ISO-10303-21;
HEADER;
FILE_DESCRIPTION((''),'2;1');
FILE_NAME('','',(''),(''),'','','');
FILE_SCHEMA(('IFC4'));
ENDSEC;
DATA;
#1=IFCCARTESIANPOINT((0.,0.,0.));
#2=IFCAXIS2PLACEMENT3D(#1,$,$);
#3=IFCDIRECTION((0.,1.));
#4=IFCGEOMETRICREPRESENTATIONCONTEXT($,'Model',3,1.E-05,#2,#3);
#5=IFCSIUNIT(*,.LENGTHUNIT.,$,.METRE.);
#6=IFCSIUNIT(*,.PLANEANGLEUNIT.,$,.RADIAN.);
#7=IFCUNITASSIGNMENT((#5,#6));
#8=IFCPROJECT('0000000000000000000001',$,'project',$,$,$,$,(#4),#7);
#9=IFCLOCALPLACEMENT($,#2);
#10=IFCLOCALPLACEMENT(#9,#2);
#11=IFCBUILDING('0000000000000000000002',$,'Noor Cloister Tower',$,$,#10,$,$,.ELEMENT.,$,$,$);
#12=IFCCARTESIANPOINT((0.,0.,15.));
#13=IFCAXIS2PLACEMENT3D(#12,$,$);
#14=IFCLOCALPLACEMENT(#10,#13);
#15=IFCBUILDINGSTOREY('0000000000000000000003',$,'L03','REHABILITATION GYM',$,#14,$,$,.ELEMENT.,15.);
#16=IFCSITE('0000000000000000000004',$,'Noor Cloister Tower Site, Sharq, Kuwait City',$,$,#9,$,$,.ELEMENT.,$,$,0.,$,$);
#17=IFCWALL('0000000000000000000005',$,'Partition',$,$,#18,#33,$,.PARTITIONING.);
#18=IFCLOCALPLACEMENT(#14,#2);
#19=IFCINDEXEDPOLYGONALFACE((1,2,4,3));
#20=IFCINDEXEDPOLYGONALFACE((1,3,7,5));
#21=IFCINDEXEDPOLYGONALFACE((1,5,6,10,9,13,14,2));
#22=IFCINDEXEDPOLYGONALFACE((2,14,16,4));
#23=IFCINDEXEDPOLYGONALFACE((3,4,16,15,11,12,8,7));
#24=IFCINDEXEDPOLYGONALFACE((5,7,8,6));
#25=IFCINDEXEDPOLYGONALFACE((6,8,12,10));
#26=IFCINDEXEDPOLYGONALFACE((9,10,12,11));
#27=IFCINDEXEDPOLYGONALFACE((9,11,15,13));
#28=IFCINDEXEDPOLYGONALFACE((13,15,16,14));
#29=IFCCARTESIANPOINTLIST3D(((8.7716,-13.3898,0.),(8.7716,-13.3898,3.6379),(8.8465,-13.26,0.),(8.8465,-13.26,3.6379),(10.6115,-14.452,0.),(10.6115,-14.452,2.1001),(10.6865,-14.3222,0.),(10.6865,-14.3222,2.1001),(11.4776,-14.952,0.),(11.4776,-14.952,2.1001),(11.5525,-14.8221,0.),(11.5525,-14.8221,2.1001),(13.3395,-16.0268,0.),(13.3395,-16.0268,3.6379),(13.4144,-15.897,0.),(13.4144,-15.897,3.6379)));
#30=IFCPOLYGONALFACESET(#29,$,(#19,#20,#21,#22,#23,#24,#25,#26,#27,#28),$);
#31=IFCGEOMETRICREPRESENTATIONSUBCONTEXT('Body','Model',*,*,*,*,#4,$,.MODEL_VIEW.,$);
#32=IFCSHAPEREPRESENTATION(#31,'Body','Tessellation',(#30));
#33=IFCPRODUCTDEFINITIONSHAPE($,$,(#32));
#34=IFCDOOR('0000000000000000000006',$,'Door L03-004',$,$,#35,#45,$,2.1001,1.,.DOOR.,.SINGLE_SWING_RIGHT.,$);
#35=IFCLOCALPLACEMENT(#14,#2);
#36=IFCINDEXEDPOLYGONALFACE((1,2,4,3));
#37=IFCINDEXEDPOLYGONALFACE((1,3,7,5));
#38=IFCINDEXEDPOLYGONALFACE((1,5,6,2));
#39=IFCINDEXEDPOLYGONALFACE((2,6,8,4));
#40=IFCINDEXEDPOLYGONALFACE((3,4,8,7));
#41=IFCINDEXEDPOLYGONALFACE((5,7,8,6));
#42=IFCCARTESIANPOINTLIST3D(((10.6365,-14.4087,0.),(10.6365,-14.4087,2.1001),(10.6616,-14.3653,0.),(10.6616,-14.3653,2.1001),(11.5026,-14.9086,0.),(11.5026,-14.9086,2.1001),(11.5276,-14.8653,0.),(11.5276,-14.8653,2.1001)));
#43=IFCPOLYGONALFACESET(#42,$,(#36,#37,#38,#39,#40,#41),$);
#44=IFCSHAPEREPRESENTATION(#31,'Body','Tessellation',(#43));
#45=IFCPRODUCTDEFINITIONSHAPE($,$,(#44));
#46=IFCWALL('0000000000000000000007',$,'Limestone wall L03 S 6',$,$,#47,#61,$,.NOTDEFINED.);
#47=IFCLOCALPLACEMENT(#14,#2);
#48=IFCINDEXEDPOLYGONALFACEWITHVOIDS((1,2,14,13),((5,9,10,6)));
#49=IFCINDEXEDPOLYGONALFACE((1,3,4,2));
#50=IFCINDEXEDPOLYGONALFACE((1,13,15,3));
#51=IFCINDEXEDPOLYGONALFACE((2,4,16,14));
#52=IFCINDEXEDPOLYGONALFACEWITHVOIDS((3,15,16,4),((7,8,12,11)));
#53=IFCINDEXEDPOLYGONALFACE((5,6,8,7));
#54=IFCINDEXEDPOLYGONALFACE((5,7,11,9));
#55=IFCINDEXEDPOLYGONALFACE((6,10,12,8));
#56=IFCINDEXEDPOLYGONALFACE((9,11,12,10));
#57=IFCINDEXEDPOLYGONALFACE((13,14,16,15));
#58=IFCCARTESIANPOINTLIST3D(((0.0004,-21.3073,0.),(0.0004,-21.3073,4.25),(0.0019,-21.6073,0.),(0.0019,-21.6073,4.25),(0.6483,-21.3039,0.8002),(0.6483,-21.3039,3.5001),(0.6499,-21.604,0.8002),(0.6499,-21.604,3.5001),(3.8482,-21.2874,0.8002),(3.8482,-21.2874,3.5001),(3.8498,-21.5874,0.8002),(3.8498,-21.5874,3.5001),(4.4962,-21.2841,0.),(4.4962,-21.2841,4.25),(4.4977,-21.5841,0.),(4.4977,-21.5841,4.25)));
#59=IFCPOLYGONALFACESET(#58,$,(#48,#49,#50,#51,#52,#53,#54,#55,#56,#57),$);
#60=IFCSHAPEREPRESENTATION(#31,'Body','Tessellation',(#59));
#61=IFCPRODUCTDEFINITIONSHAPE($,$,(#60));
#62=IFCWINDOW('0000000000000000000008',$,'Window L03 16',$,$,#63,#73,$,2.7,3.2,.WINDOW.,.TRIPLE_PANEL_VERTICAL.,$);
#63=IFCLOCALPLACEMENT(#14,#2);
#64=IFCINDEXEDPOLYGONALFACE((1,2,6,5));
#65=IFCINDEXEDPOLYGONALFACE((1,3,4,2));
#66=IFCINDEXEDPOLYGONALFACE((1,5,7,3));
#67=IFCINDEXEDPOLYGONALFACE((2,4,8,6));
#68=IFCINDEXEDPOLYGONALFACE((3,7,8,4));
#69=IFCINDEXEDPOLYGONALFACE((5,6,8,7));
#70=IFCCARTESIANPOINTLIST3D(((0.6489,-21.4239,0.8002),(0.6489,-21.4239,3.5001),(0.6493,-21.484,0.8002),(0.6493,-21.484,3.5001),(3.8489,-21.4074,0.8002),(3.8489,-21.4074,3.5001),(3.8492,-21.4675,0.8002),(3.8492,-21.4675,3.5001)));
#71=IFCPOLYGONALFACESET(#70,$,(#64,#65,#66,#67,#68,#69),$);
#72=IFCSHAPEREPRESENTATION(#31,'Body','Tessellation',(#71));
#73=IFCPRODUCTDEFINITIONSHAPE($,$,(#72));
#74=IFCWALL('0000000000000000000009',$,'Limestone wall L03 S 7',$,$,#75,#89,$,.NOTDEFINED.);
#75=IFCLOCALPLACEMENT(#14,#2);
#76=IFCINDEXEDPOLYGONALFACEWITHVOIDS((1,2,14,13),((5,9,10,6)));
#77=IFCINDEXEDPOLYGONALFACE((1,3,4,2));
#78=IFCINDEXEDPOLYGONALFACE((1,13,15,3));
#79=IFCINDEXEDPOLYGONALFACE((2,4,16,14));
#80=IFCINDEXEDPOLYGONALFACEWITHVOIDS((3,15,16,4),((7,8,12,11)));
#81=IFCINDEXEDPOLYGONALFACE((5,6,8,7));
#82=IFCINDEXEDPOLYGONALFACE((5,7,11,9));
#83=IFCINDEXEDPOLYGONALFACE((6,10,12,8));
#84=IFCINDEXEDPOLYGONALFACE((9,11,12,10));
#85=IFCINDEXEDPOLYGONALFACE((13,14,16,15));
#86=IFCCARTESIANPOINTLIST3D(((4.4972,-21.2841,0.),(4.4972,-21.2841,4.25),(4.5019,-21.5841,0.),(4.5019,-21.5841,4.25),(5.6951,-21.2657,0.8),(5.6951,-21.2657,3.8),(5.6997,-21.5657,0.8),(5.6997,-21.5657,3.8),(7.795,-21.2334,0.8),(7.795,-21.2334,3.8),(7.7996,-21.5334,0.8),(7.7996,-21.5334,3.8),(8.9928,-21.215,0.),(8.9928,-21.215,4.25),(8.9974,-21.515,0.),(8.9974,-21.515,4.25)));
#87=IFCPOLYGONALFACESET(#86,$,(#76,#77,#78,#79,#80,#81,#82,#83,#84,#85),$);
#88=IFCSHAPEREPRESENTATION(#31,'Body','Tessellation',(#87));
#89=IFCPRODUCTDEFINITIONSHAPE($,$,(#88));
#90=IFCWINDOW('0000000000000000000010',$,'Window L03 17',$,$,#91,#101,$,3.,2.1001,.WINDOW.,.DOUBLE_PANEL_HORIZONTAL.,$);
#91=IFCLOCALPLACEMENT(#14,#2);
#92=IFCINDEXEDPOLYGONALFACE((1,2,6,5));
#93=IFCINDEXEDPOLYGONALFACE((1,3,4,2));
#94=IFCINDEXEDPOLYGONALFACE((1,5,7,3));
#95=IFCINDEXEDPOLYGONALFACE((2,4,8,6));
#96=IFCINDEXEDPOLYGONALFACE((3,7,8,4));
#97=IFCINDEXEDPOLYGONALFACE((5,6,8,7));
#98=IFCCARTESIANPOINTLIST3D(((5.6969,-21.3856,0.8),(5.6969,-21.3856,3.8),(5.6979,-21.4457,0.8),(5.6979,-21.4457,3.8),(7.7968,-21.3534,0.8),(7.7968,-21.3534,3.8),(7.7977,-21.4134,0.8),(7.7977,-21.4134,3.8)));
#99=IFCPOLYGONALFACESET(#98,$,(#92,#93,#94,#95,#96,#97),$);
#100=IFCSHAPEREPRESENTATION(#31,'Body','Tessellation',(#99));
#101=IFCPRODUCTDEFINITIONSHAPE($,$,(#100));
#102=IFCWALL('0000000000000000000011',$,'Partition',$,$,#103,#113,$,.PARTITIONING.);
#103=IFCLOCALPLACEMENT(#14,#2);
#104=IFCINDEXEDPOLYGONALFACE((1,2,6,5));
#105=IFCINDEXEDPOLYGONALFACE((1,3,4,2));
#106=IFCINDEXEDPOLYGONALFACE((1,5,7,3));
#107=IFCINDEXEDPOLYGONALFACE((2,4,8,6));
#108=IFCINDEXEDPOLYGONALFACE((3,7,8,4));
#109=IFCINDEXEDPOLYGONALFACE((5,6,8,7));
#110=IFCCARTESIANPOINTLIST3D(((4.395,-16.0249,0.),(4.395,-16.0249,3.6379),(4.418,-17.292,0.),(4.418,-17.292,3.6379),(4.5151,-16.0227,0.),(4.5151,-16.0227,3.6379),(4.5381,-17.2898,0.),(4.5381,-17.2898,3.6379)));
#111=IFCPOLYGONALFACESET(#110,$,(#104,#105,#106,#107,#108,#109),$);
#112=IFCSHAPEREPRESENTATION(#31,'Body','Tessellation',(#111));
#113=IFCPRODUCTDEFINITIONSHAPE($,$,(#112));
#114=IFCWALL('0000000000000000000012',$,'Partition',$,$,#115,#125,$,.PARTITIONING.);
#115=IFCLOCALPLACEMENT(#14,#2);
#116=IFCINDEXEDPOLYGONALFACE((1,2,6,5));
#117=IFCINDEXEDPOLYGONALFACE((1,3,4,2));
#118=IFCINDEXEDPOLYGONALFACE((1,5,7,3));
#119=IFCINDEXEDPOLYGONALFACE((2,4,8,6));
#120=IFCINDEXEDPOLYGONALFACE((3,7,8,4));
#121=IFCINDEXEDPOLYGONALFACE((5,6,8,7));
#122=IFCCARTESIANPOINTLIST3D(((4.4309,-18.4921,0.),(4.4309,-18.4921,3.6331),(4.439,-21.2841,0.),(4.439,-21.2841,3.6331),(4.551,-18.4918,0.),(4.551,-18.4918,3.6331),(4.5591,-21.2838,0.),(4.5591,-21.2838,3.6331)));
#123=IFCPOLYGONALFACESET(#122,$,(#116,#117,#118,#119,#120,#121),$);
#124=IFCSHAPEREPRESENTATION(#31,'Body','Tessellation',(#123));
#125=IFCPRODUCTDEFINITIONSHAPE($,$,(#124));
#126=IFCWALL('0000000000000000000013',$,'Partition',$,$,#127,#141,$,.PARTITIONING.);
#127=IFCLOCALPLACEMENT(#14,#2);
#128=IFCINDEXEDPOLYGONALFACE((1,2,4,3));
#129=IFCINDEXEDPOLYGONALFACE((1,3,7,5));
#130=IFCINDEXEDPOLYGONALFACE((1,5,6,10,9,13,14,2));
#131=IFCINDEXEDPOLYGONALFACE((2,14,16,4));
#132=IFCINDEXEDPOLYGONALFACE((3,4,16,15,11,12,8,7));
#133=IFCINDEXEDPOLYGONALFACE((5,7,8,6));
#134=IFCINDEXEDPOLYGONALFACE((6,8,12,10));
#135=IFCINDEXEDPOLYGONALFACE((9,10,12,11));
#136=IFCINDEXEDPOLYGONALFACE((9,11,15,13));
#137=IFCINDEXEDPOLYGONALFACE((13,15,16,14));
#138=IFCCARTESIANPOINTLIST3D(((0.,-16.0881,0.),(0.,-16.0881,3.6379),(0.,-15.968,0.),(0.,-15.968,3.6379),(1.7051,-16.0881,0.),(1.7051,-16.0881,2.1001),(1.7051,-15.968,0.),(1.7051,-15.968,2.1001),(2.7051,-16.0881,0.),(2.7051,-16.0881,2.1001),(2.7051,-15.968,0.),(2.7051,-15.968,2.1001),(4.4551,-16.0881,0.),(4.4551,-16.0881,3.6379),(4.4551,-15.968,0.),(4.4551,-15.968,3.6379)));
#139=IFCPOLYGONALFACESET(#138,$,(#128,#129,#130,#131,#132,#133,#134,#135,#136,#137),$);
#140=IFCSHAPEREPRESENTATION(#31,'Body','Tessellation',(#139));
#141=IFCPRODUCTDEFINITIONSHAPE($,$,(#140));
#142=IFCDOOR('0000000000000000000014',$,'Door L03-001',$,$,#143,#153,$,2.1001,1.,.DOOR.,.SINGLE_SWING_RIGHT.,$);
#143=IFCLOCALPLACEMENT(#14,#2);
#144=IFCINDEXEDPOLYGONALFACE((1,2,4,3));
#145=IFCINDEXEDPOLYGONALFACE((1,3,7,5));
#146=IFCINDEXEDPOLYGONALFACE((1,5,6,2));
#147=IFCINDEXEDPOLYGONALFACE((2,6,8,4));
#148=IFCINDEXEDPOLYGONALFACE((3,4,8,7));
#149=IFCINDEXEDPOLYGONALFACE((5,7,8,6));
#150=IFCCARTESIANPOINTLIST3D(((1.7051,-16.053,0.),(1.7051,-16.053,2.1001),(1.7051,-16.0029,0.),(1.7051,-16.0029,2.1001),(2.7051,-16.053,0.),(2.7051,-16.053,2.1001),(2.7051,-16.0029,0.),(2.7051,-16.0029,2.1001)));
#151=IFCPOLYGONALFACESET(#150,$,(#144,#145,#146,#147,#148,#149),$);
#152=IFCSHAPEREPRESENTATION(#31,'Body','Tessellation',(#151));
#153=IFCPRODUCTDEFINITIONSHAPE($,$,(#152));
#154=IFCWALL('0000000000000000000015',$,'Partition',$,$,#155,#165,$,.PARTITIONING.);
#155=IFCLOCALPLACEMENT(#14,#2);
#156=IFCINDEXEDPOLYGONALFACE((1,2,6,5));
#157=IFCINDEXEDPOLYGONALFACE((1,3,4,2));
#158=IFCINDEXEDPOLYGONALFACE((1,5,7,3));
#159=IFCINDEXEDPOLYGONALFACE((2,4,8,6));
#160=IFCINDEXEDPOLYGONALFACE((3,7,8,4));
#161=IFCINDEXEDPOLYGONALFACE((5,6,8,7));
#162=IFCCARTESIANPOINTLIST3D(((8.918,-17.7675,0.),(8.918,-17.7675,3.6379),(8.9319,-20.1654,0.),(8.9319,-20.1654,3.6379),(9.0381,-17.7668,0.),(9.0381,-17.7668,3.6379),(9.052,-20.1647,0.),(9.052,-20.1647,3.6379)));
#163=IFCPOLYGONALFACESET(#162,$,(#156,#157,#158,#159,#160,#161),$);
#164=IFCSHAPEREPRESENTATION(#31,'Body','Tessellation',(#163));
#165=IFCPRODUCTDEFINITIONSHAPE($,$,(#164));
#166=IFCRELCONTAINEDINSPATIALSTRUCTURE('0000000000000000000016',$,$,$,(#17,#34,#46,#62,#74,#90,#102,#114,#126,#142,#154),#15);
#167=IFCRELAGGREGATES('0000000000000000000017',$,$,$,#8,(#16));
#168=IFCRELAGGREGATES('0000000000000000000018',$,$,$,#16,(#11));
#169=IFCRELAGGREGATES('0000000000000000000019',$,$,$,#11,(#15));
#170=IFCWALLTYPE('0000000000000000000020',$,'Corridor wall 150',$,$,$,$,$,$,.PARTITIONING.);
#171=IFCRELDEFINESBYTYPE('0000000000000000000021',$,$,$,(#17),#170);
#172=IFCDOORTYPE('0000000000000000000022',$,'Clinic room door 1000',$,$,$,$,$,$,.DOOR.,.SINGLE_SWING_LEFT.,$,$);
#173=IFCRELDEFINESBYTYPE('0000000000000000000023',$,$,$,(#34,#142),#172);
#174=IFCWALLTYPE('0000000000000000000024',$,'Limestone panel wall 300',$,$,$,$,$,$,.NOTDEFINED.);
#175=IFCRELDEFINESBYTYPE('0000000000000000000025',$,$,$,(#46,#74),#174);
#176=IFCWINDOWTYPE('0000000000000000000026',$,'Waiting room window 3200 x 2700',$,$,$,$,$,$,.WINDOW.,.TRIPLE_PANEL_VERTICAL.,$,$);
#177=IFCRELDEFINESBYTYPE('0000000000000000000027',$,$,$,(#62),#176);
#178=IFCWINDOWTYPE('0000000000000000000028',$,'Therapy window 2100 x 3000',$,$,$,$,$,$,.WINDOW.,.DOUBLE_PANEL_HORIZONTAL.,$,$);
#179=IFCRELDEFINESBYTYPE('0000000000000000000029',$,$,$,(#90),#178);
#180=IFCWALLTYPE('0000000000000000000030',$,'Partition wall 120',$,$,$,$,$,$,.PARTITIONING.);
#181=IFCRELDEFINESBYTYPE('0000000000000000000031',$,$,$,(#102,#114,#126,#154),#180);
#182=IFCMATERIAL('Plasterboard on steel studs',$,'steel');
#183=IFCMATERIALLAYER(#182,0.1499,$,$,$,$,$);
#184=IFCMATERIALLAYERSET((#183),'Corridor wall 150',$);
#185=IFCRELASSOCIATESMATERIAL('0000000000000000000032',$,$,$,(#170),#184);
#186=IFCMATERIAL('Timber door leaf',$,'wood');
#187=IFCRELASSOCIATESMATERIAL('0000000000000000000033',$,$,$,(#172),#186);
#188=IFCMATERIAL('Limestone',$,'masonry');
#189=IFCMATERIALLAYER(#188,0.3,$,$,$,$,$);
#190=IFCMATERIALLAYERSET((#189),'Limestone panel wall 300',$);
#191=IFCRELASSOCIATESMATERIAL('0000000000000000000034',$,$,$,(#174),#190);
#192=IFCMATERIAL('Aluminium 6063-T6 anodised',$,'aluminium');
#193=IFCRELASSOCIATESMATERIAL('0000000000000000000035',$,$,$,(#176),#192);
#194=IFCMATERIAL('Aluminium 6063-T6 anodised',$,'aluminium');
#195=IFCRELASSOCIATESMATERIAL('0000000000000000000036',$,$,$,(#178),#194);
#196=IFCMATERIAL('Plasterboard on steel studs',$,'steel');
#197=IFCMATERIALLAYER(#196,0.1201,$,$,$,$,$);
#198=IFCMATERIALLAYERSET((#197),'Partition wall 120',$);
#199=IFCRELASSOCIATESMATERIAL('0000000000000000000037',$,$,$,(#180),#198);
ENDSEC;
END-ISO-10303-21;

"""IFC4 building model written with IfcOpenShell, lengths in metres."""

from ifc_helpers import new_model, si_unit, direction, frame, frame_2d, origin, place, context, subcontext, project, spatial, rectangle, extrude, material, layer, layer_set, type_object, element, fill, save


model = new_model("IFC4")

# Units and contexts
model_context = context("Model", 3, precision=1e-05, world=origin(), true_north=direction((0.0, 1.0)))
body_context = subcontext(model_context, "Body", "Model", "MODEL_VIEW")
ifc_project = project(units=[si_unit("LENGTHUNIT", "METRE"), si_unit("PLANEANGLEUNIT", "RADIAN")], contexts=[model_context])

# Site, building, storey
site_placement = place(None, origin())
site = spatial("IfcSite", under=ifc_project, at=site_placement, Name="Noor Cloister Tower Site, Sharq, Kuwait City", CompositionType="ELEMENT", RefElevation=0.0)
building_placement = place(site_placement, origin())
building = spatial("IfcBuilding", under=site, at=building_placement, Name="Noor Cloister Tower", CompositionType="ELEMENT")
storey_placement = place(building_placement, frame((0.0, 0.0, 15.0)))
storey = spatial("IfcBuildingStorey", under=building, at=storey_placement, Name="L03", Description="REHABILITATION GYM", CompositionType="ELEMENT", Elevation=15.0)

# Wall, opening, door
ifc_material_1 = material(Name="Plasterboard on steel studs", Category="steel")
ifc_layer_1 = layer(ifc_material_1, 0.1499)
ifc_layer_set_1 = layer_set([ifc_layer_1], Name="Corridor wall 150")
wall_type_1 = type_object("IfcWallType", Name="Corridor wall 150", PredefinedType="PARTITIONING", material=ifc_layer_set_1)
wall_1_placement = place(storey_placement, frame((13.377, -15.9619, 0.0), z_axis=(0.0, 0.0, 1.0), x_axis=(-0.86605, 0.499958, 0.0)))
wall_1 = element("IfcWall", 1, at=wall_1_placement, inside=storey, type_object=wall_type_1, Name="Partition", PredefinedType="PARTITIONING", context=body_context, shape_type="SweptSolid", body=[
    extrude(rectangle(XDim=5.2744, YDim=0.1499, at=frame_2d((2.6372, 0.0))), origin(), (0.0, 0.0, 1.0), 3.6379),
])
opening_1_placement = place(wall_1_placement, frame((2.1499, 0.0, 0.0)))
opening_1 = element("IfcOpeningElement", 2, at=opening_1_placement, cuts=wall_1, PredefinedType="OPENING", context=body_context, shape_type="SweptSolid", body=[
    extrude(rectangle(XDim=1.0, YDim=2.1001, at=frame_2d((0.5, 1.05))), frame((0.0, 0.085, 0.0), z_axis=(0.0, -1.0, 0.0), x_axis=(1.0, 0.0, 0.0)), (0.0, 0.0, 1.0), 0.1699),
])
ifc_material_2 = material(Name="Timber door leaf", Category="wood")
door_type = type_object("IfcDoorType", Name="Clinic room door 1000", OperationType="SINGLE_SWING_LEFT", PredefinedType="DOOR", material=ifc_material_2)
door_1_placement = place(opening_1_placement, origin())
door_1 = element("IfcDoor", 3, at=door_1_placement, inside=storey, type_object=door_type, Name="Door L03-004", OperationType="SINGLE_SWING_RIGHT", OverallHeight=2.1001, OverallWidth=1.0, PredefinedType="DOOR", context=body_context, shape_type="SweptSolid", body=[
    extrude(rectangle(XDim=1.0, YDim=2.1001, at=frame_2d((0.5, 1.05))), frame((0.0, 0.0249, 0.0), z_axis=(0.0, -1.0, 0.0), x_axis=(1.0, 0.0, 0.0)), (0.0, 0.0, 1.0), 0.05),
])
fill(opening_1, door_1)

# Walls, openings, windows
ifc_material_3 = material(Name="Limestone", Category="masonry")
ifc_layer_2 = layer(ifc_material_3, 0.3)
ifc_layer_set_2 = layer_set([ifc_layer_2], Name="Limestone panel wall 300")
wall_type_2 = type_object("IfcWallType", Name="Limestone panel wall 300", PredefinedType="NOTDEFINED", material=ifc_layer_set_2)
wall_2_placement = place(storey_placement, frame((4.4971, -21.4341, 0.0), z_axis=(0.0, 0.0, 1.0), x_axis=(-0.999987, -0.005159, 0.0)))
wall_2 = element("IfcWall", 4, at=wall_2_placement, inside=storey, type_object=wall_type_2, Name="Limestone wall L03 S 6", PredefinedType="NOTDEFINED", context=body_context, shape_type="SweptSolid", body=[
    extrude(rectangle(XDim=4.4958, YDim=0.3, at=frame_2d((2.248, 0.0))), origin(), (0.0, 0.0, 1.0), 4.25),
])
opening_2_placement = place(wall_2_placement, frame((0.6479, 0.0, 0.8)))
opening_2 = element("IfcOpeningElement", 5, at=opening_2_placement, cuts=wall_2, PredefinedType="OPENING", context=body_context, shape_type="SweptSolid", body=[
    extrude(rectangle(XDim=3.2, YDim=2.7, at=frame_2d((1.6001, 1.3501))), frame((0.0, 0.1602, 0.0), z_axis=(0.0, -1.0, 0.0), x_axis=(1.0, 0.0, 0.0)), (0.0, 0.0, 1.0), 0.3201),
])
ifc_material_4 = material(Name="Aluminium 6063-T6 anodised", Category="aluminium")
window_type_1 = type_object("IfcWindowType", Name="Waiting room window 3200 x 2700", PartitioningType="TRIPLE_PANEL_VERTICAL", PredefinedType="WINDOW", material=ifc_material_4)
window_1_placement = place(opening_2_placement, origin())
window_1 = element("IfcWindow", 6, at=window_1_placement, inside=storey, type_object=window_type_1, Name="Window L03 16", OverallHeight=2.7, OverallWidth=3.2, PartitioningType="TRIPLE_PANEL_VERTICAL", PredefinedType="WINDOW", context=body_context, shape_type="SweptSolid", body=[
    extrude(rectangle(XDim=3.2, YDim=2.7, at=frame_2d((1.6001, 1.3501))), frame((0.0, 0.03, 0.0), z_axis=(0.0, -1.0, 0.0), x_axis=(1.0, 0.0, 0.0)), (0.0, 0.0, 1.0), 0.0601),
])
fill(opening_2, window_1)
wall_3_placement = place(storey_placement, frame((8.9951, -21.365, 0.0), z_axis=(0.0, 0.0, 1.0), x_axis=(-0.999882, -0.015367, 0.0)))
wall_3 = element("IfcWall", 7, at=wall_3_placement, inside=storey, type_object=wall_type_2, Name="Limestone wall L03 S 7", PredefinedType="NOTDEFINED", context=body_context, shape_type="SweptSolid", body=[
    extrude(rectangle(XDim=4.4961, YDim=0.3, at=frame_2d((2.248, 0.0))), origin(), (0.0, 0.0, 1.0), 4.25),
])
opening_3_placement = place(wall_3_placement, frame((1.198, 0.0, 0.8)))
opening_3 = element("IfcOpeningElement", 8, at=opening_3_placement, cuts=wall_3, PredefinedType="OPENING", context=body_context, shape_type="SweptSolid", body=[
    extrude(rectangle(XDim=2.1001, YDim=3.0, at=frame_2d((1.05, 1.5))), frame((0.0, 0.1602, 0.0), z_axis=(0.0, -1.0, 0.0), x_axis=(1.0, 0.0, 0.0)), (0.0, 0.0, 1.0), 0.3201),
])
ifc_material_5 = material(Name="Aluminium 6063-T6 anodised", Category="aluminium")
window_type_2 = type_object("IfcWindowType", Name="Therapy window 2100 x 3000", PartitioningType="DOUBLE_PANEL_HORIZONTAL", PredefinedType="WINDOW", material=ifc_material_5)
window_2_placement = place(opening_3_placement, origin())
window_2 = element("IfcWindow", 9, at=window_2_placement, inside=storey, type_object=window_type_2, Name="Window L03 17", OverallHeight=3.0, OverallWidth=2.1001, PartitioningType="DOUBLE_PANEL_HORIZONTAL", PredefinedType="WINDOW", context=body_context, shape_type="SweptSolid", body=[
    extrude(rectangle(XDim=2.1001, YDim=3.0, at=frame_2d((1.05, 1.5))), frame((0.0, 0.03, 0.0), z_axis=(0.0, -1.0, 0.0), x_axis=(1.0, 0.0, 0.0)), (0.0, 0.0, 1.0), 0.0601),
])
fill(opening_3, window_2)

# Walls
ifc_material_6 = material(Name="Plasterboard on steel studs", Category="steel")
ifc_layer_3 = layer(ifc_material_6, 0.1201)
ifc_layer_set_3 = layer_set([ifc_layer_3], Name="Partition wall 120")
wall_type_3 = type_object("IfcWallType", Name="Partition wall 120", PredefinedType="PARTITIONING", material=ifc_layer_set_3)
wall_4_placement = place(storey_placement, frame((4.478, -17.291, 0.0), z_axis=(0.0, 0.0, 1.0), x_axis=(-0.018109, 0.999836, 0.0)))
element("IfcWall", 10, at=wall_4_placement, inside=storey, type_object=wall_type_3, Name="Partition", PredefinedType="PARTITIONING", context=body_context, shape_type="SweptSolid", body=[
    extrude(rectangle(XDim=1.2673, YDim=0.1201, at=frame_2d((0.6338, 0.0))), origin(), (0.0, 0.0, 1.0), 3.6379),
])
wall_5_placement = place(storey_placement, frame((4.499, -21.2839, 0.0), z_axis=(0.0, 0.0, 1.0), x_axis=(-0.002886, 0.999996, 0.0)))
element("IfcWall", 11, at=wall_5_placement, inside=storey, type_object=wall_type_3, Name="Partition", PredefinedType="PARTITIONING", context=body_context, shape_type="SweptSolid", body=[
    extrude(rectangle(XDim=2.792, YDim=0.1201, at=frame_2d((1.396, 0.0))), origin(), (0.0, 0.0, 1.0), 3.6331),
])

# Wall, opening, door
wall_6_placement = place(storey_placement, frame((4.4551, -16.0281, 0.0), z_axis=(0.0, 0.0, 1.0), x_axis=(-1.0, 0.0, 0.0)))
wall_6 = element("IfcWall", 12, at=wall_6_placement, inside=storey, type_object=wall_type_3, Name="Partition", PredefinedType="PARTITIONING", context=body_context, shape_type="SweptSolid", body=[
    extrude(rectangle(XDim=4.4551, YDim=0.1201, at=frame_2d((2.2275, 0.0))), origin(), (0.0, 0.0, 1.0), 3.6379),
])
opening_4_placement = place(wall_6_placement, frame((1.75, 0.0, 0.0)))
opening_4 = element("IfcOpeningElement", 13, at=opening_4_placement, cuts=wall_6, PredefinedType="OPENING", context=body_context, shape_type="SweptSolid", body=[
    extrude(rectangle(XDim=1.0, YDim=2.1001, at=frame_2d((0.5, 1.05))), frame((0.0, 0.0701, 0.0), z_axis=(0.0, -1.0, 0.0), x_axis=(1.0, 0.0, 0.0)), (0.0, 0.0, 1.0), 0.1401),
])
door_2_placement = place(opening_4_placement, origin())
door_2 = element("IfcDoor", 14, at=door_2_placement, inside=storey, type_object=door_type, Name="Door L03-001", OperationType="SINGLE_SWING_RIGHT", OverallHeight=2.1001, OverallWidth=1.0, PredefinedType="DOOR", context=body_context, shape_type="SweptSolid", body=[
    extrude(rectangle(XDim=1.0, YDim=2.1001, at=frame_2d((0.5, 1.05))), frame((0.0, 0.0249, 0.0), z_axis=(0.0, -1.0, 0.0), x_axis=(1.0, 0.0, 0.0)), (0.0, 0.0, 1.0), 0.05),
])
fill(opening_4, door_2)

# Wall
wall_7_placement = place(storey_placement, frame((8.9919, -20.165, 0.0), z_axis=(0.0, 0.0, 1.0), x_axis=(-0.005803, 0.999983, 0.0)))
element("IfcWall", 15, at=wall_7_placement, inside=storey, type_object=wall_type_3, Name="Partition", PredefinedType="PARTITIONING", context=body_context, shape_type="SweptSolid", body=[
    extrude(rectangle(XDim=2.3979, YDim=0.1201, at=frame_2d((1.199, 0.0))), origin(), (0.0, 0.0, 1.0), 3.6379),
])

save(model, "model.ifc")
